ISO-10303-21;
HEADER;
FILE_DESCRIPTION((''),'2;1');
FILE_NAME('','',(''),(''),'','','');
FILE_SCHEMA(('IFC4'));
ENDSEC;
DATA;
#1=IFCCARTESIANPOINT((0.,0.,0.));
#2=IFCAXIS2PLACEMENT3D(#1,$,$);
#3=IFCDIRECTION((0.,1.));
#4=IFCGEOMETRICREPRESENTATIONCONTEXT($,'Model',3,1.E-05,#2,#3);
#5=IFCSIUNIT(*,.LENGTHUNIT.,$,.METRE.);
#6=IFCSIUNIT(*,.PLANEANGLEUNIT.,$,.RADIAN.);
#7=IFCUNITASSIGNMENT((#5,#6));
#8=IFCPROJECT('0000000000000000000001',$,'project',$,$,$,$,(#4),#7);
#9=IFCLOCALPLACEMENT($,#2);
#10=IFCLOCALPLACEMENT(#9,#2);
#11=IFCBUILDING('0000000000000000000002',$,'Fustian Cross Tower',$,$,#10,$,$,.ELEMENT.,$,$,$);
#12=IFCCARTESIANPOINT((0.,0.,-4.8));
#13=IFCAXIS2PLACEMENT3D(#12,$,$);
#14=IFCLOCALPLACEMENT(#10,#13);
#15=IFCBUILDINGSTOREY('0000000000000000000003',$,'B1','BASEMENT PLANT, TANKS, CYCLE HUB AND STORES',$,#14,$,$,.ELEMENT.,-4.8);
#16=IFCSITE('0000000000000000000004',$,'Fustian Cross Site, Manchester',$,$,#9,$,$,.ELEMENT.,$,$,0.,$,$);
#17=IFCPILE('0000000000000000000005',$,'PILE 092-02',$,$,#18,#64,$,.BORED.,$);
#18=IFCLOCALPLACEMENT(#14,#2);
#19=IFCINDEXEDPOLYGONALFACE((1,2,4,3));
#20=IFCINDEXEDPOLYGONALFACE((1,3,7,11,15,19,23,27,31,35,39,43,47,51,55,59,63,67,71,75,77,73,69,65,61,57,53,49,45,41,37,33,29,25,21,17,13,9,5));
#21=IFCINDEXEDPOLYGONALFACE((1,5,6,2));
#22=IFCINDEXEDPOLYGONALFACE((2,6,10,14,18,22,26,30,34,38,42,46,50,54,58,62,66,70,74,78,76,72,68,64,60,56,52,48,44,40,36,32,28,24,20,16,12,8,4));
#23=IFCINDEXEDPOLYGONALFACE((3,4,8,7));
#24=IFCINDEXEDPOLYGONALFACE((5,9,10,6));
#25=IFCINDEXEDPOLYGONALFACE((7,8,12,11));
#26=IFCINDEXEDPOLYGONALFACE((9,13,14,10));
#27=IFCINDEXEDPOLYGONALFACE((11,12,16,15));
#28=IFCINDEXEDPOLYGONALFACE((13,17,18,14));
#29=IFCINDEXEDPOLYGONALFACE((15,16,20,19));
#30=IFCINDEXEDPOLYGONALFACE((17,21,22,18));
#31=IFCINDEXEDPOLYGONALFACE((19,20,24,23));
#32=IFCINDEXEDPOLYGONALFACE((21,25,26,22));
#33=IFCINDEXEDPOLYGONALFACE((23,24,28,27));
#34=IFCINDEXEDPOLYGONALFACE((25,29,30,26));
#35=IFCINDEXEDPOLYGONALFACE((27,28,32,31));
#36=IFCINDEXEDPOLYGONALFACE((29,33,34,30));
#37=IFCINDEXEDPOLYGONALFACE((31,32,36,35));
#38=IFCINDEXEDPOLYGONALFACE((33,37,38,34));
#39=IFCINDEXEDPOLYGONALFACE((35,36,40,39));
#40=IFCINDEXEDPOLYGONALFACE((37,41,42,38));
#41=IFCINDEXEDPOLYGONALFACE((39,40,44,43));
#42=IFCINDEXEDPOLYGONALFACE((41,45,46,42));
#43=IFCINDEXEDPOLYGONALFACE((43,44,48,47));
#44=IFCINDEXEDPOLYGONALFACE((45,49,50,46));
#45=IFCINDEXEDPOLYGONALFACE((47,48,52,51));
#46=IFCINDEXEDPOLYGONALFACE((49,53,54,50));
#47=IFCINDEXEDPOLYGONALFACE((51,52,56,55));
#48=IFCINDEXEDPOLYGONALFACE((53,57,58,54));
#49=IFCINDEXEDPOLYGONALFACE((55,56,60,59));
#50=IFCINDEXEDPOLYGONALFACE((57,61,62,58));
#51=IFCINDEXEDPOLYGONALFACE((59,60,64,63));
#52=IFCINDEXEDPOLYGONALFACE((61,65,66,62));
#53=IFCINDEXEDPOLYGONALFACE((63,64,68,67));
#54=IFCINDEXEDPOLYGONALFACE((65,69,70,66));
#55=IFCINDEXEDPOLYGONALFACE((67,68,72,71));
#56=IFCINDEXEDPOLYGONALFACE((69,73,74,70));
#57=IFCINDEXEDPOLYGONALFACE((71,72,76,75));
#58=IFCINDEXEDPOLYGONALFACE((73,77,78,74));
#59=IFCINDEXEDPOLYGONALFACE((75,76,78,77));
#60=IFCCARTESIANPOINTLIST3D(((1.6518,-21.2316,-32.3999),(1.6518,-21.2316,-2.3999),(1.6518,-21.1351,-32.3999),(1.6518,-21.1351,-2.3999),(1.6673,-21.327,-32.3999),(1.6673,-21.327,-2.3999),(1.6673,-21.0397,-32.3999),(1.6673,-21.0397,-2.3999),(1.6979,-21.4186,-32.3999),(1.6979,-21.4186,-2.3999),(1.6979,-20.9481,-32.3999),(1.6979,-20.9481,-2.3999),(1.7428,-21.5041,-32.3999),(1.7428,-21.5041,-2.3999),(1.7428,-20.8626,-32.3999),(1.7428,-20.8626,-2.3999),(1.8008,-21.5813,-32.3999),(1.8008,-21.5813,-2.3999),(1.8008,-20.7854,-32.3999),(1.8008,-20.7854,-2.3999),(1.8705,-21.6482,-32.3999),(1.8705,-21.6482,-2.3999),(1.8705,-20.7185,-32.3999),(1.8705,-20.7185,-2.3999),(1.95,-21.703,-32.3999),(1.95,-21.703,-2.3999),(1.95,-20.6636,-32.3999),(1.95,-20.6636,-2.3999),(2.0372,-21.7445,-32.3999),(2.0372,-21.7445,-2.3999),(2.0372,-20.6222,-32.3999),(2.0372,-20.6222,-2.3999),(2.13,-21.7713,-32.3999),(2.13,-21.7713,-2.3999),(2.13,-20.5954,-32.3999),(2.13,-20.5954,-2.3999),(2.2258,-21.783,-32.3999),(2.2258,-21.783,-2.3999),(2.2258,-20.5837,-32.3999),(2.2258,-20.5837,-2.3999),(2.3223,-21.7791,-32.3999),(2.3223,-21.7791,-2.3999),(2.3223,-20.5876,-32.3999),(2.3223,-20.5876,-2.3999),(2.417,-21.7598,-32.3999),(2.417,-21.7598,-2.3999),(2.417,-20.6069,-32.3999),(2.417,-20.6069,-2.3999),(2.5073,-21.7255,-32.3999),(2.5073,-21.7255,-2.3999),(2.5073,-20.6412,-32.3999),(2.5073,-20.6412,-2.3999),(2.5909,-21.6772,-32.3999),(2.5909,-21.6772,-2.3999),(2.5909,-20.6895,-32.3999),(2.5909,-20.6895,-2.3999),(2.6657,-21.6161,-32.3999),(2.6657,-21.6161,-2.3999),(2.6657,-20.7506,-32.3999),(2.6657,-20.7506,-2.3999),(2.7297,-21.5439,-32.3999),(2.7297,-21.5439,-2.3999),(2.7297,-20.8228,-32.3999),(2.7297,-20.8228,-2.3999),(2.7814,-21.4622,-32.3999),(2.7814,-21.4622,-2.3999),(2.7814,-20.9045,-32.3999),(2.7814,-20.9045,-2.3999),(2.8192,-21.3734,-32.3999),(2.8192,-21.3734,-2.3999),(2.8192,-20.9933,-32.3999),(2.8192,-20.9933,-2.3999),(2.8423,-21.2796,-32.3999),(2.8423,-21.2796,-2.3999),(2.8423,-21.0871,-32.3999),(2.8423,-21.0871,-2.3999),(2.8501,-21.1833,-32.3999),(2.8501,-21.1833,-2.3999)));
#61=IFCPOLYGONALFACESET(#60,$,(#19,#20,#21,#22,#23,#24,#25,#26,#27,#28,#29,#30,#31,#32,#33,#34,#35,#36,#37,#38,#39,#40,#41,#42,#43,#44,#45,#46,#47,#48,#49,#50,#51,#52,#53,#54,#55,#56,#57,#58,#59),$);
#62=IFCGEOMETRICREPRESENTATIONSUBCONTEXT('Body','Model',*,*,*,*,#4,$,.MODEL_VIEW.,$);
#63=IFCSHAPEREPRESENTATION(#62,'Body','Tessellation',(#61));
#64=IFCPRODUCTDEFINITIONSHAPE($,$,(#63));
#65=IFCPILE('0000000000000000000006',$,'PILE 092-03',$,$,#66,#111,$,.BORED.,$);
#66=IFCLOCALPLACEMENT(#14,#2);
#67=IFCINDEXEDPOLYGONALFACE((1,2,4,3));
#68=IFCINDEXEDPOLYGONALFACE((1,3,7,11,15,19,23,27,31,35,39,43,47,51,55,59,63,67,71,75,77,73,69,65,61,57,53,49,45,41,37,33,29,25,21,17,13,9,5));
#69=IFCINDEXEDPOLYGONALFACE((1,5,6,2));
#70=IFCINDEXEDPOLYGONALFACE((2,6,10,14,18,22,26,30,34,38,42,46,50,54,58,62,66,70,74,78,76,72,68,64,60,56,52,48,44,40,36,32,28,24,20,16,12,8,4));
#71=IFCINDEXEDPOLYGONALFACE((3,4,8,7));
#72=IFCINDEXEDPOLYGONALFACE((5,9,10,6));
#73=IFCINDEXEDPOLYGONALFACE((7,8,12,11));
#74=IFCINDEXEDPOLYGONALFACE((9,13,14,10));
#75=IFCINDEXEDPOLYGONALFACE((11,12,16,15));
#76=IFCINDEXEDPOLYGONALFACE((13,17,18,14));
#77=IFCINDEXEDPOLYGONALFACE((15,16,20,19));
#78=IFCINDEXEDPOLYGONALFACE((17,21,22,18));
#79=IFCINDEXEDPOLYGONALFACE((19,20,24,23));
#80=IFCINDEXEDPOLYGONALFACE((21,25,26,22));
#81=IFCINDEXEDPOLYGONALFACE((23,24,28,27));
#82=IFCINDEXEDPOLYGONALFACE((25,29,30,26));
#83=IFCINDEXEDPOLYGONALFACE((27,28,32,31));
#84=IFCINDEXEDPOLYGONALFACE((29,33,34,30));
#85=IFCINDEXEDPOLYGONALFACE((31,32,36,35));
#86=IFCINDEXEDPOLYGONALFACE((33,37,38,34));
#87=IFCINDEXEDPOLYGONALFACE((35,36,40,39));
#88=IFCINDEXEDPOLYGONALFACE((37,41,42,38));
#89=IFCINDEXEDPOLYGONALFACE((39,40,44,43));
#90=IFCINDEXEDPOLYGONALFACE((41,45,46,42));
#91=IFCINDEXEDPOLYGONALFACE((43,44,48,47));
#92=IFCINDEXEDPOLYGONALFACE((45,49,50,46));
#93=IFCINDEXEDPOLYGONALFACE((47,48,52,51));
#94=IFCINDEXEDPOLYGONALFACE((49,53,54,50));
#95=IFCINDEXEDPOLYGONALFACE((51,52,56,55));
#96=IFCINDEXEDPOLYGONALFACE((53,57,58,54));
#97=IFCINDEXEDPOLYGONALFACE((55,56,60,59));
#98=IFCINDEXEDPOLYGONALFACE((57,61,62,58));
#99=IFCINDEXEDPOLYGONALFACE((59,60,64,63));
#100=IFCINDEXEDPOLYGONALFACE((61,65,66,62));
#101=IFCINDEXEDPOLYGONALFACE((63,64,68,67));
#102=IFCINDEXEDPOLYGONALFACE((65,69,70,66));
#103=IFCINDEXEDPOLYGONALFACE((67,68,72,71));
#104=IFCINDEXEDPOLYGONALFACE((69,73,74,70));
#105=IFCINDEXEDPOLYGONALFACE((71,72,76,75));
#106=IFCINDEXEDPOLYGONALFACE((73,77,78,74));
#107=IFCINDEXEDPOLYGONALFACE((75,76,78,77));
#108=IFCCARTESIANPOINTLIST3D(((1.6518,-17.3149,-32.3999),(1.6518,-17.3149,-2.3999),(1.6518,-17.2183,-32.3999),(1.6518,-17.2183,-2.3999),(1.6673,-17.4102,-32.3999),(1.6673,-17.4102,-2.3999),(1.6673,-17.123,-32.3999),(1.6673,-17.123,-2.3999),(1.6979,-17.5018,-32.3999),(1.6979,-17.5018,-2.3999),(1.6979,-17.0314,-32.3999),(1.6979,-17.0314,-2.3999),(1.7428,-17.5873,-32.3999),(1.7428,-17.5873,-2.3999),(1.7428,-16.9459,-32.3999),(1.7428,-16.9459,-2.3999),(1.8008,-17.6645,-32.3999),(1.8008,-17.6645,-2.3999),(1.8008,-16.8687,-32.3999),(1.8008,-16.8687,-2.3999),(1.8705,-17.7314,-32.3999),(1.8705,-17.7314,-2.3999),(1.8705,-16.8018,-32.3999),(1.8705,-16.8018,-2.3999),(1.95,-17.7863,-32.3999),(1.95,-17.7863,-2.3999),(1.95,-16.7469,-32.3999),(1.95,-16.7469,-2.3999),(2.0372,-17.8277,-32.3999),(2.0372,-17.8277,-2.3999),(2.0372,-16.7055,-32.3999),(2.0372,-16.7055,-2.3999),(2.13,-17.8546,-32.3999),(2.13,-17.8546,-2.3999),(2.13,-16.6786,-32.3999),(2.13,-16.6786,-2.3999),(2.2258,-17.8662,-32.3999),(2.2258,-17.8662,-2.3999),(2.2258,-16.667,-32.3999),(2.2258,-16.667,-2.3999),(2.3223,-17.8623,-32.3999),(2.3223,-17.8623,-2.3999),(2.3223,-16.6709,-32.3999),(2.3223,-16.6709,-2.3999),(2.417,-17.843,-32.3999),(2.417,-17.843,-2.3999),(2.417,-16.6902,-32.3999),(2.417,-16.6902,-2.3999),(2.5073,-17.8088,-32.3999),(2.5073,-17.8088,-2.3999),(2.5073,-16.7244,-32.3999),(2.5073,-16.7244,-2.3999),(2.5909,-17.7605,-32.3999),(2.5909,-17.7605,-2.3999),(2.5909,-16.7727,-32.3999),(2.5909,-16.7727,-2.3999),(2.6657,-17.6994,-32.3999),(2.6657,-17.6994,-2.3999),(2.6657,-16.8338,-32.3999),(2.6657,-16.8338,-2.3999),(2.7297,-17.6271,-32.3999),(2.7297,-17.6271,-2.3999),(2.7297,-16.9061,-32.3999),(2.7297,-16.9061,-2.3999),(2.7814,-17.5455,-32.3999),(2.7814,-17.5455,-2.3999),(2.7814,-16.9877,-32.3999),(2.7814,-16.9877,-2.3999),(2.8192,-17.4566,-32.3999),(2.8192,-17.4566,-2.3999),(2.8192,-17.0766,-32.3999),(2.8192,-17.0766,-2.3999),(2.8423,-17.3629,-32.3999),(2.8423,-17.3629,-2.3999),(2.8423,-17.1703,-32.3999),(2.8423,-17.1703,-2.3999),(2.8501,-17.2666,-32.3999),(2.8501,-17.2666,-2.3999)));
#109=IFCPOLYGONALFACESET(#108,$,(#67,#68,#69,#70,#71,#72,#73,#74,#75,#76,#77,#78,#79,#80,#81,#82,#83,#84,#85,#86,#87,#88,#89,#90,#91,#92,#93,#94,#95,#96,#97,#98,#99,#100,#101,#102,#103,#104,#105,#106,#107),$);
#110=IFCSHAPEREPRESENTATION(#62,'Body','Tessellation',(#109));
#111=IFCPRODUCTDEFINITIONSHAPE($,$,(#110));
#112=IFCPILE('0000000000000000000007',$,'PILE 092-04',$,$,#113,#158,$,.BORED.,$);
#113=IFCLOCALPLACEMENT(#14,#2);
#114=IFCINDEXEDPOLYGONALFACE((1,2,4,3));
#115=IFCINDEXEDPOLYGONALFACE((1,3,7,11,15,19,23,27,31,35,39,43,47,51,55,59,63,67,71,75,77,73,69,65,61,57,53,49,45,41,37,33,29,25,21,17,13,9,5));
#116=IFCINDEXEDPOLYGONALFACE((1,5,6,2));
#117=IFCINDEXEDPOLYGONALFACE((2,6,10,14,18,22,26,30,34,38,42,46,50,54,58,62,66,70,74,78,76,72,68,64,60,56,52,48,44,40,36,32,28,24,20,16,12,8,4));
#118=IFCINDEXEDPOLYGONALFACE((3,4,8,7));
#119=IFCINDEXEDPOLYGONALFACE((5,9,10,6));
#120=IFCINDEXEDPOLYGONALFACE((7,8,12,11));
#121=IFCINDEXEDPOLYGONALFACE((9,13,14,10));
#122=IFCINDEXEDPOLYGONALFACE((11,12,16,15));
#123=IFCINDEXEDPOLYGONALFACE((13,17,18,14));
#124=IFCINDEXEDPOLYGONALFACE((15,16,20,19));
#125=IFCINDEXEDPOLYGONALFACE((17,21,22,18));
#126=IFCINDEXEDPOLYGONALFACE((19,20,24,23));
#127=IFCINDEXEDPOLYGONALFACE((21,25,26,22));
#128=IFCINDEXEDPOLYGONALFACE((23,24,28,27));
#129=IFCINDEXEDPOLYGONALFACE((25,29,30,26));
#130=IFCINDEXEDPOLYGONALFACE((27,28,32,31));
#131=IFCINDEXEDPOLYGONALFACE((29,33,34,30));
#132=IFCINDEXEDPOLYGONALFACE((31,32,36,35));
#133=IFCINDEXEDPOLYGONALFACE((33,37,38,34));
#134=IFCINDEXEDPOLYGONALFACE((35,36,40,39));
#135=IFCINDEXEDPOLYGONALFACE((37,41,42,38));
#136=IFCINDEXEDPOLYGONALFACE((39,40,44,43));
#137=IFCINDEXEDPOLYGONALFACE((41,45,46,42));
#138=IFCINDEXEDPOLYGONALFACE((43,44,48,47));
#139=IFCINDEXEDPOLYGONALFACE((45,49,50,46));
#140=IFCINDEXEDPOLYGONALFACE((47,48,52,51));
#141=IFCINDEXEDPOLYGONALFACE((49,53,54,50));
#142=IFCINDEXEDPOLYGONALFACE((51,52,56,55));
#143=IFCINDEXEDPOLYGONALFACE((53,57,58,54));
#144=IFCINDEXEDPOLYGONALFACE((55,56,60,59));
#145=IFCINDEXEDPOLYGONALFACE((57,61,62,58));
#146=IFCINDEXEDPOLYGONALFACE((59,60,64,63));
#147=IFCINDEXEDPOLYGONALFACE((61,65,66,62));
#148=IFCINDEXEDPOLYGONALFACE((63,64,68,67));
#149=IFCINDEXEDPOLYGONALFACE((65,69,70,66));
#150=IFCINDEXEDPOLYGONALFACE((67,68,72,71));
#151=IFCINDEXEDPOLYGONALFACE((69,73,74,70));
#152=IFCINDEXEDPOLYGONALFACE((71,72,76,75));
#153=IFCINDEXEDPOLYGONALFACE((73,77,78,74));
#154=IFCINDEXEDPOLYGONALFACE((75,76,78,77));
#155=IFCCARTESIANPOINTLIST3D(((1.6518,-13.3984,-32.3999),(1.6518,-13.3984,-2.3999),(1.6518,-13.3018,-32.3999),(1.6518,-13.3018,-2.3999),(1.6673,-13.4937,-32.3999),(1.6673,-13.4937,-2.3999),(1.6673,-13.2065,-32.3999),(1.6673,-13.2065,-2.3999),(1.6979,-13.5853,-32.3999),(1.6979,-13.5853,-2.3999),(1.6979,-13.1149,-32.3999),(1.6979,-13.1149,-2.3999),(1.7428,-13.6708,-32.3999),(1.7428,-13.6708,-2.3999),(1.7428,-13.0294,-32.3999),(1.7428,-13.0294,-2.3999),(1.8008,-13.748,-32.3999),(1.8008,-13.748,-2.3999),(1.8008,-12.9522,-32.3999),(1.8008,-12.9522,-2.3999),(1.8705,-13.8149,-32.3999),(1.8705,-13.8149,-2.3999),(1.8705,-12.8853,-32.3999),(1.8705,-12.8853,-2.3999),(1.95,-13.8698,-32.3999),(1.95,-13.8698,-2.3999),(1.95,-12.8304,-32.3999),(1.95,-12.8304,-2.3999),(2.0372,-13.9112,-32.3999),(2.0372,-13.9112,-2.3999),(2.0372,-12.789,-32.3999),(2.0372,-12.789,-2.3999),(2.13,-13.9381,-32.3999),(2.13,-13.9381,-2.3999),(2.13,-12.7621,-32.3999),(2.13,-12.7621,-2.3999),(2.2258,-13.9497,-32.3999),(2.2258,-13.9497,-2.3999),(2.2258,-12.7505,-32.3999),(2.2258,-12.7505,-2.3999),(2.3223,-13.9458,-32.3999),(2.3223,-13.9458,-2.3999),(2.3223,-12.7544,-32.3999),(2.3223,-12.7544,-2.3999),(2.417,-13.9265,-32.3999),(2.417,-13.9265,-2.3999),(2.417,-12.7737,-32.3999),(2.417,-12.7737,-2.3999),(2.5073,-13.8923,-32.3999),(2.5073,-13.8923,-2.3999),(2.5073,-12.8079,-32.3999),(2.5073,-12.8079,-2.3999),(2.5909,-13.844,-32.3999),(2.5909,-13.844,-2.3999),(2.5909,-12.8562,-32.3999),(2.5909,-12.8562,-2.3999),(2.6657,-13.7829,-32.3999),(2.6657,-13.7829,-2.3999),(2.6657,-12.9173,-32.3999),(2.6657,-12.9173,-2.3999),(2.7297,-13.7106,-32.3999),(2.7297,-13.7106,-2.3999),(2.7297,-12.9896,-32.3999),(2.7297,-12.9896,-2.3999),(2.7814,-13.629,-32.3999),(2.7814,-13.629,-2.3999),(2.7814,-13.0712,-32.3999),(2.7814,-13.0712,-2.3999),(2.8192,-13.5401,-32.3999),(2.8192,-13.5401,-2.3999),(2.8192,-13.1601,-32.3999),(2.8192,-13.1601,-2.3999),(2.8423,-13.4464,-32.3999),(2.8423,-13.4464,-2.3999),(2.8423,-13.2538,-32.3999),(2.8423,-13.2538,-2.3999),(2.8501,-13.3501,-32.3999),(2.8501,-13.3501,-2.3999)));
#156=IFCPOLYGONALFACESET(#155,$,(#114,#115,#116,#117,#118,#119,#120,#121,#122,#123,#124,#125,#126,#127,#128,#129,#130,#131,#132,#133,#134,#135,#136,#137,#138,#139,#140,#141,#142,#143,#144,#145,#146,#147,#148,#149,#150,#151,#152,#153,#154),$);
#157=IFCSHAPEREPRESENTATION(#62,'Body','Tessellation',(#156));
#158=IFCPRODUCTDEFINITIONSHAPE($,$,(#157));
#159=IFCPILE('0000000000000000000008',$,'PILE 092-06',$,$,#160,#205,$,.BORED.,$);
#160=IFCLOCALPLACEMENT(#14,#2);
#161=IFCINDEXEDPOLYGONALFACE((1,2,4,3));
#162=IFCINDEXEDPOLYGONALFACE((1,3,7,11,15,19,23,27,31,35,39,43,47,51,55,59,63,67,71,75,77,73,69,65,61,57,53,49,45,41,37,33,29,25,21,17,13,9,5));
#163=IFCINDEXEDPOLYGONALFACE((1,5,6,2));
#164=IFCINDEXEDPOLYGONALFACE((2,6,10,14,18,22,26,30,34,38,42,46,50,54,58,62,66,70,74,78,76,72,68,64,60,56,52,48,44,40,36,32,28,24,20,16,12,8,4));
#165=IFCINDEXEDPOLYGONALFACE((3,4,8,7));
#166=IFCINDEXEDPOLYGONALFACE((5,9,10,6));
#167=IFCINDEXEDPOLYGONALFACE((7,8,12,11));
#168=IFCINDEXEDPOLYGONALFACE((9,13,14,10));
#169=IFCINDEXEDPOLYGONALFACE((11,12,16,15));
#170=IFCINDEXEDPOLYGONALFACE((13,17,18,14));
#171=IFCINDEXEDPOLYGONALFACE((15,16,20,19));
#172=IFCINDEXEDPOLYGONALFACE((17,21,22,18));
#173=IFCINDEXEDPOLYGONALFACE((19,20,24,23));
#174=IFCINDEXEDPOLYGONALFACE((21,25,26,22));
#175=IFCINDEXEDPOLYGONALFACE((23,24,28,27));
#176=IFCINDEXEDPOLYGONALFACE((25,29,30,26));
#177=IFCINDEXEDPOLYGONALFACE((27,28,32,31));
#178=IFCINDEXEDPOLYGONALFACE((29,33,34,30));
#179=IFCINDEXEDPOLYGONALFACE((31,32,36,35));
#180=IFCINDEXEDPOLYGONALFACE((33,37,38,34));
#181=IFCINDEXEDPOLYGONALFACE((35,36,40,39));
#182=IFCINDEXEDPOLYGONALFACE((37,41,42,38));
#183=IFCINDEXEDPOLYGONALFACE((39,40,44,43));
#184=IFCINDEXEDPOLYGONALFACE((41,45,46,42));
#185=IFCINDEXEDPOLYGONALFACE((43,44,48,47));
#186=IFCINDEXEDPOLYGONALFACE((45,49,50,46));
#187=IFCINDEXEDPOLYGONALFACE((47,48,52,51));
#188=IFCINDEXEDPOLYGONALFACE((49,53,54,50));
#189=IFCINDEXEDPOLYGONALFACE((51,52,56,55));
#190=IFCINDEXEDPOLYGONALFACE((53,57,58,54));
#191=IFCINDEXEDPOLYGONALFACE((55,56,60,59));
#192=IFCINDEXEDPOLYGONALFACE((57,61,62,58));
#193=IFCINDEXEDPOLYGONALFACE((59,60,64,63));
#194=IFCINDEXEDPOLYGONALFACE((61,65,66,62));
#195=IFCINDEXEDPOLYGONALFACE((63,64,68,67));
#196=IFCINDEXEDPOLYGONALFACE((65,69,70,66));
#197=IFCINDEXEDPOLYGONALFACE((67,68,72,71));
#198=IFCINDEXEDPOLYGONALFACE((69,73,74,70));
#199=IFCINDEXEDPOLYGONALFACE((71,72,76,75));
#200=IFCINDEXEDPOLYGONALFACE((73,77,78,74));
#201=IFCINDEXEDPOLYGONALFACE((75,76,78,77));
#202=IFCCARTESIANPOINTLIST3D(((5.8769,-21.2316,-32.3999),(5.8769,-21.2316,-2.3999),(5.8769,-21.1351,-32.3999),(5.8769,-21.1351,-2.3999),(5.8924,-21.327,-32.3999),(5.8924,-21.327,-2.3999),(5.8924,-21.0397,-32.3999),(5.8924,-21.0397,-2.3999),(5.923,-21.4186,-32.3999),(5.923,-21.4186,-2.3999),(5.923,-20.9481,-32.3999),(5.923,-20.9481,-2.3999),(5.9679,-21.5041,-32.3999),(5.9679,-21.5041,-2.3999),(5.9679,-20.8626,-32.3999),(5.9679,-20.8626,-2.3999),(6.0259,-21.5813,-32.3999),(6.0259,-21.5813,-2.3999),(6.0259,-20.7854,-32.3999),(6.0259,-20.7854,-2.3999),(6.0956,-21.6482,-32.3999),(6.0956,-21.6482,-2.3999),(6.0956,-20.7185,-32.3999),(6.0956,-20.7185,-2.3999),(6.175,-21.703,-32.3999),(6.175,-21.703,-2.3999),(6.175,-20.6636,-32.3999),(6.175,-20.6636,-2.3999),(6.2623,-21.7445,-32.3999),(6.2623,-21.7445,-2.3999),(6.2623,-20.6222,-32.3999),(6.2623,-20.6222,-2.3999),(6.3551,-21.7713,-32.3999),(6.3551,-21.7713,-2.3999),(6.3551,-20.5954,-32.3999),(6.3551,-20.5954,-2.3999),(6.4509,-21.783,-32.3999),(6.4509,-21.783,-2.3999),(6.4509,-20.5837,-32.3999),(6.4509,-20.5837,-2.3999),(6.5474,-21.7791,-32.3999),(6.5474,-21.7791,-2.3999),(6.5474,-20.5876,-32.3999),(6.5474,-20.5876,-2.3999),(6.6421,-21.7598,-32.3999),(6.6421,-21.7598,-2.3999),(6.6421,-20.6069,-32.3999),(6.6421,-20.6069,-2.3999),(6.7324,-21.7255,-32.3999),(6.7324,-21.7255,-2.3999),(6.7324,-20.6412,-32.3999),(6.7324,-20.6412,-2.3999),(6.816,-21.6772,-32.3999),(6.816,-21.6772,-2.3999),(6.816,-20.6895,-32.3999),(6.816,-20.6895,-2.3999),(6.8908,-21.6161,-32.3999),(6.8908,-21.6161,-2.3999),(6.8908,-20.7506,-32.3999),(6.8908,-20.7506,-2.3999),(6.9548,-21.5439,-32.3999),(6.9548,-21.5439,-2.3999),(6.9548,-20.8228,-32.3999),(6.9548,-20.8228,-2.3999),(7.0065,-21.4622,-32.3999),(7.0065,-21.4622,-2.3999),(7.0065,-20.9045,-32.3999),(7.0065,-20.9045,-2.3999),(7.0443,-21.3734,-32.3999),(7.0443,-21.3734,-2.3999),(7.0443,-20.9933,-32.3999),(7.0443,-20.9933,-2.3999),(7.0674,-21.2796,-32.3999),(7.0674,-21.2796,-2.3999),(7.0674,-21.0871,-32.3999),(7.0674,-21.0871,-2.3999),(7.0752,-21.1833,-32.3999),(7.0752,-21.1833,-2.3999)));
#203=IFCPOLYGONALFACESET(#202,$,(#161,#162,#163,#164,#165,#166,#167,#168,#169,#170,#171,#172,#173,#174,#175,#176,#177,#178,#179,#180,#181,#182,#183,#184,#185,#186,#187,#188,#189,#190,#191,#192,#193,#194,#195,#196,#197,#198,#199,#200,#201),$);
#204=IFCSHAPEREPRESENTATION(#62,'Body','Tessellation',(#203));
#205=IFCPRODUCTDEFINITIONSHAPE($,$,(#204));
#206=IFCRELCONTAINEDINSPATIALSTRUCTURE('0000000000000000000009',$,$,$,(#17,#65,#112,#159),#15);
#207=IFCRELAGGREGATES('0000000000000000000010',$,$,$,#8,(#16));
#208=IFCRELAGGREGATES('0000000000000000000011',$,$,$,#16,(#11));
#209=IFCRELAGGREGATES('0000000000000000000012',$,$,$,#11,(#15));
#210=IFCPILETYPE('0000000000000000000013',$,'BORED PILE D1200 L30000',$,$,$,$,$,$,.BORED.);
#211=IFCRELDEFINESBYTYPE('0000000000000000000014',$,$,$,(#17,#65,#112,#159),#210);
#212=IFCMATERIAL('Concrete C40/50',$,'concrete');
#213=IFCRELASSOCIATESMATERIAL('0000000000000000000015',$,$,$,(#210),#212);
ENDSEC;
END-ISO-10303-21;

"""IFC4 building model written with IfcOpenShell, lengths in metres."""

from ifc_helpers import new_model, si_unit, direction, frame, origin, origin_2d, place, context, subcontext, project, spatial, circle, extrude, material, material_profile, profile_set, type_object, element, save


model = new_model("IFC4")

# Units and contexts
model_context = context("Model", 3, precision=1e-05, world=origin(), true_north=direction((0.0, 1.0)))
body_context = subcontext(model_context, "Body", "Model", "MODEL_VIEW")
ifc_project = project(units=[si_unit("LENGTHUNIT", "METRE"), si_unit("PLANEANGLEUNIT", "RADIAN")], contexts=[model_context])

# Site, building, storey
site_placement = place(None, origin())
site = spatial("IfcSite", under=ifc_project, at=site_placement, Name="Fustian Cross Site, Manchester", CompositionType="ELEMENT", RefElevation=0.0)
building_placement = place(site_placement, origin())
building = spatial("IfcBuilding", under=site, at=building_placement, Name="Fustian Cross Tower", CompositionType="ELEMENT")
storey_placement = place(building_placement, frame((0.0, 0.0, -4.8)))
storey = spatial("IfcBuildingStorey", under=building, at=storey_placement, Name="B1", Description="BASEMENT PLANT, TANKS, CYCLE HUB AND STORES", CompositionType="ELEMENT", Elevation=-4.8)

# Piles
ifc_material_1 = material(Name="Concrete C40/50", Category="concrete")
ifc_material_profile_1 = material_profile(ifc_material_1, circle(Radius=0.6001, at=origin_2d()), Name="BORED PILE D1200 L30000")
ifc_profile_set_1 = profile_set([ifc_material_profile_1], Name="Concrete C40/50")
pile_type_1 = type_object("IfcPileType", Name="BORED PILE D1200 L30000", PredefinedType="BORED", material=ifc_profile_set_1)
for number, where, z_axis, x_axis, name in (
    (1, (2.25, -21.1833, -2.3999), (0.0, 0.0, -1.0), (1.0, 0.0, 0.0), "PILE 092-02"),
    (2, (2.25, -17.2666, -2.3999), (0.0, 0.0, -1.0), (1.0, 0.0, 0.0), "PILE 092-03"),
    (3, (2.25, -13.3501, -2.3999), (0.0, 0.0, -1.0), (1.0, 0.0, 0.0), "PILE 092-04"),
    (4, (6.4751, -21.1833, -2.3999), (0.0, 0.0, -1.0), (1.0, 0.0, 0.0), "PILE 092-06"),
):
    element("IfcPile", number, at=place(storey_placement, frame(where, z_axis=z_axis, x_axis=x_axis)), inside=storey, type_object=pile_type_1, Name=name, PredefinedType="BORED", context=body_context, shape_type="SweptSolid", body=[
        extrude(circle(Radius=0.6001, at=origin_2d()), origin(), (0.0, 0.0, 1.0), 30.0),
    ])

save(model, "model.ifc")
